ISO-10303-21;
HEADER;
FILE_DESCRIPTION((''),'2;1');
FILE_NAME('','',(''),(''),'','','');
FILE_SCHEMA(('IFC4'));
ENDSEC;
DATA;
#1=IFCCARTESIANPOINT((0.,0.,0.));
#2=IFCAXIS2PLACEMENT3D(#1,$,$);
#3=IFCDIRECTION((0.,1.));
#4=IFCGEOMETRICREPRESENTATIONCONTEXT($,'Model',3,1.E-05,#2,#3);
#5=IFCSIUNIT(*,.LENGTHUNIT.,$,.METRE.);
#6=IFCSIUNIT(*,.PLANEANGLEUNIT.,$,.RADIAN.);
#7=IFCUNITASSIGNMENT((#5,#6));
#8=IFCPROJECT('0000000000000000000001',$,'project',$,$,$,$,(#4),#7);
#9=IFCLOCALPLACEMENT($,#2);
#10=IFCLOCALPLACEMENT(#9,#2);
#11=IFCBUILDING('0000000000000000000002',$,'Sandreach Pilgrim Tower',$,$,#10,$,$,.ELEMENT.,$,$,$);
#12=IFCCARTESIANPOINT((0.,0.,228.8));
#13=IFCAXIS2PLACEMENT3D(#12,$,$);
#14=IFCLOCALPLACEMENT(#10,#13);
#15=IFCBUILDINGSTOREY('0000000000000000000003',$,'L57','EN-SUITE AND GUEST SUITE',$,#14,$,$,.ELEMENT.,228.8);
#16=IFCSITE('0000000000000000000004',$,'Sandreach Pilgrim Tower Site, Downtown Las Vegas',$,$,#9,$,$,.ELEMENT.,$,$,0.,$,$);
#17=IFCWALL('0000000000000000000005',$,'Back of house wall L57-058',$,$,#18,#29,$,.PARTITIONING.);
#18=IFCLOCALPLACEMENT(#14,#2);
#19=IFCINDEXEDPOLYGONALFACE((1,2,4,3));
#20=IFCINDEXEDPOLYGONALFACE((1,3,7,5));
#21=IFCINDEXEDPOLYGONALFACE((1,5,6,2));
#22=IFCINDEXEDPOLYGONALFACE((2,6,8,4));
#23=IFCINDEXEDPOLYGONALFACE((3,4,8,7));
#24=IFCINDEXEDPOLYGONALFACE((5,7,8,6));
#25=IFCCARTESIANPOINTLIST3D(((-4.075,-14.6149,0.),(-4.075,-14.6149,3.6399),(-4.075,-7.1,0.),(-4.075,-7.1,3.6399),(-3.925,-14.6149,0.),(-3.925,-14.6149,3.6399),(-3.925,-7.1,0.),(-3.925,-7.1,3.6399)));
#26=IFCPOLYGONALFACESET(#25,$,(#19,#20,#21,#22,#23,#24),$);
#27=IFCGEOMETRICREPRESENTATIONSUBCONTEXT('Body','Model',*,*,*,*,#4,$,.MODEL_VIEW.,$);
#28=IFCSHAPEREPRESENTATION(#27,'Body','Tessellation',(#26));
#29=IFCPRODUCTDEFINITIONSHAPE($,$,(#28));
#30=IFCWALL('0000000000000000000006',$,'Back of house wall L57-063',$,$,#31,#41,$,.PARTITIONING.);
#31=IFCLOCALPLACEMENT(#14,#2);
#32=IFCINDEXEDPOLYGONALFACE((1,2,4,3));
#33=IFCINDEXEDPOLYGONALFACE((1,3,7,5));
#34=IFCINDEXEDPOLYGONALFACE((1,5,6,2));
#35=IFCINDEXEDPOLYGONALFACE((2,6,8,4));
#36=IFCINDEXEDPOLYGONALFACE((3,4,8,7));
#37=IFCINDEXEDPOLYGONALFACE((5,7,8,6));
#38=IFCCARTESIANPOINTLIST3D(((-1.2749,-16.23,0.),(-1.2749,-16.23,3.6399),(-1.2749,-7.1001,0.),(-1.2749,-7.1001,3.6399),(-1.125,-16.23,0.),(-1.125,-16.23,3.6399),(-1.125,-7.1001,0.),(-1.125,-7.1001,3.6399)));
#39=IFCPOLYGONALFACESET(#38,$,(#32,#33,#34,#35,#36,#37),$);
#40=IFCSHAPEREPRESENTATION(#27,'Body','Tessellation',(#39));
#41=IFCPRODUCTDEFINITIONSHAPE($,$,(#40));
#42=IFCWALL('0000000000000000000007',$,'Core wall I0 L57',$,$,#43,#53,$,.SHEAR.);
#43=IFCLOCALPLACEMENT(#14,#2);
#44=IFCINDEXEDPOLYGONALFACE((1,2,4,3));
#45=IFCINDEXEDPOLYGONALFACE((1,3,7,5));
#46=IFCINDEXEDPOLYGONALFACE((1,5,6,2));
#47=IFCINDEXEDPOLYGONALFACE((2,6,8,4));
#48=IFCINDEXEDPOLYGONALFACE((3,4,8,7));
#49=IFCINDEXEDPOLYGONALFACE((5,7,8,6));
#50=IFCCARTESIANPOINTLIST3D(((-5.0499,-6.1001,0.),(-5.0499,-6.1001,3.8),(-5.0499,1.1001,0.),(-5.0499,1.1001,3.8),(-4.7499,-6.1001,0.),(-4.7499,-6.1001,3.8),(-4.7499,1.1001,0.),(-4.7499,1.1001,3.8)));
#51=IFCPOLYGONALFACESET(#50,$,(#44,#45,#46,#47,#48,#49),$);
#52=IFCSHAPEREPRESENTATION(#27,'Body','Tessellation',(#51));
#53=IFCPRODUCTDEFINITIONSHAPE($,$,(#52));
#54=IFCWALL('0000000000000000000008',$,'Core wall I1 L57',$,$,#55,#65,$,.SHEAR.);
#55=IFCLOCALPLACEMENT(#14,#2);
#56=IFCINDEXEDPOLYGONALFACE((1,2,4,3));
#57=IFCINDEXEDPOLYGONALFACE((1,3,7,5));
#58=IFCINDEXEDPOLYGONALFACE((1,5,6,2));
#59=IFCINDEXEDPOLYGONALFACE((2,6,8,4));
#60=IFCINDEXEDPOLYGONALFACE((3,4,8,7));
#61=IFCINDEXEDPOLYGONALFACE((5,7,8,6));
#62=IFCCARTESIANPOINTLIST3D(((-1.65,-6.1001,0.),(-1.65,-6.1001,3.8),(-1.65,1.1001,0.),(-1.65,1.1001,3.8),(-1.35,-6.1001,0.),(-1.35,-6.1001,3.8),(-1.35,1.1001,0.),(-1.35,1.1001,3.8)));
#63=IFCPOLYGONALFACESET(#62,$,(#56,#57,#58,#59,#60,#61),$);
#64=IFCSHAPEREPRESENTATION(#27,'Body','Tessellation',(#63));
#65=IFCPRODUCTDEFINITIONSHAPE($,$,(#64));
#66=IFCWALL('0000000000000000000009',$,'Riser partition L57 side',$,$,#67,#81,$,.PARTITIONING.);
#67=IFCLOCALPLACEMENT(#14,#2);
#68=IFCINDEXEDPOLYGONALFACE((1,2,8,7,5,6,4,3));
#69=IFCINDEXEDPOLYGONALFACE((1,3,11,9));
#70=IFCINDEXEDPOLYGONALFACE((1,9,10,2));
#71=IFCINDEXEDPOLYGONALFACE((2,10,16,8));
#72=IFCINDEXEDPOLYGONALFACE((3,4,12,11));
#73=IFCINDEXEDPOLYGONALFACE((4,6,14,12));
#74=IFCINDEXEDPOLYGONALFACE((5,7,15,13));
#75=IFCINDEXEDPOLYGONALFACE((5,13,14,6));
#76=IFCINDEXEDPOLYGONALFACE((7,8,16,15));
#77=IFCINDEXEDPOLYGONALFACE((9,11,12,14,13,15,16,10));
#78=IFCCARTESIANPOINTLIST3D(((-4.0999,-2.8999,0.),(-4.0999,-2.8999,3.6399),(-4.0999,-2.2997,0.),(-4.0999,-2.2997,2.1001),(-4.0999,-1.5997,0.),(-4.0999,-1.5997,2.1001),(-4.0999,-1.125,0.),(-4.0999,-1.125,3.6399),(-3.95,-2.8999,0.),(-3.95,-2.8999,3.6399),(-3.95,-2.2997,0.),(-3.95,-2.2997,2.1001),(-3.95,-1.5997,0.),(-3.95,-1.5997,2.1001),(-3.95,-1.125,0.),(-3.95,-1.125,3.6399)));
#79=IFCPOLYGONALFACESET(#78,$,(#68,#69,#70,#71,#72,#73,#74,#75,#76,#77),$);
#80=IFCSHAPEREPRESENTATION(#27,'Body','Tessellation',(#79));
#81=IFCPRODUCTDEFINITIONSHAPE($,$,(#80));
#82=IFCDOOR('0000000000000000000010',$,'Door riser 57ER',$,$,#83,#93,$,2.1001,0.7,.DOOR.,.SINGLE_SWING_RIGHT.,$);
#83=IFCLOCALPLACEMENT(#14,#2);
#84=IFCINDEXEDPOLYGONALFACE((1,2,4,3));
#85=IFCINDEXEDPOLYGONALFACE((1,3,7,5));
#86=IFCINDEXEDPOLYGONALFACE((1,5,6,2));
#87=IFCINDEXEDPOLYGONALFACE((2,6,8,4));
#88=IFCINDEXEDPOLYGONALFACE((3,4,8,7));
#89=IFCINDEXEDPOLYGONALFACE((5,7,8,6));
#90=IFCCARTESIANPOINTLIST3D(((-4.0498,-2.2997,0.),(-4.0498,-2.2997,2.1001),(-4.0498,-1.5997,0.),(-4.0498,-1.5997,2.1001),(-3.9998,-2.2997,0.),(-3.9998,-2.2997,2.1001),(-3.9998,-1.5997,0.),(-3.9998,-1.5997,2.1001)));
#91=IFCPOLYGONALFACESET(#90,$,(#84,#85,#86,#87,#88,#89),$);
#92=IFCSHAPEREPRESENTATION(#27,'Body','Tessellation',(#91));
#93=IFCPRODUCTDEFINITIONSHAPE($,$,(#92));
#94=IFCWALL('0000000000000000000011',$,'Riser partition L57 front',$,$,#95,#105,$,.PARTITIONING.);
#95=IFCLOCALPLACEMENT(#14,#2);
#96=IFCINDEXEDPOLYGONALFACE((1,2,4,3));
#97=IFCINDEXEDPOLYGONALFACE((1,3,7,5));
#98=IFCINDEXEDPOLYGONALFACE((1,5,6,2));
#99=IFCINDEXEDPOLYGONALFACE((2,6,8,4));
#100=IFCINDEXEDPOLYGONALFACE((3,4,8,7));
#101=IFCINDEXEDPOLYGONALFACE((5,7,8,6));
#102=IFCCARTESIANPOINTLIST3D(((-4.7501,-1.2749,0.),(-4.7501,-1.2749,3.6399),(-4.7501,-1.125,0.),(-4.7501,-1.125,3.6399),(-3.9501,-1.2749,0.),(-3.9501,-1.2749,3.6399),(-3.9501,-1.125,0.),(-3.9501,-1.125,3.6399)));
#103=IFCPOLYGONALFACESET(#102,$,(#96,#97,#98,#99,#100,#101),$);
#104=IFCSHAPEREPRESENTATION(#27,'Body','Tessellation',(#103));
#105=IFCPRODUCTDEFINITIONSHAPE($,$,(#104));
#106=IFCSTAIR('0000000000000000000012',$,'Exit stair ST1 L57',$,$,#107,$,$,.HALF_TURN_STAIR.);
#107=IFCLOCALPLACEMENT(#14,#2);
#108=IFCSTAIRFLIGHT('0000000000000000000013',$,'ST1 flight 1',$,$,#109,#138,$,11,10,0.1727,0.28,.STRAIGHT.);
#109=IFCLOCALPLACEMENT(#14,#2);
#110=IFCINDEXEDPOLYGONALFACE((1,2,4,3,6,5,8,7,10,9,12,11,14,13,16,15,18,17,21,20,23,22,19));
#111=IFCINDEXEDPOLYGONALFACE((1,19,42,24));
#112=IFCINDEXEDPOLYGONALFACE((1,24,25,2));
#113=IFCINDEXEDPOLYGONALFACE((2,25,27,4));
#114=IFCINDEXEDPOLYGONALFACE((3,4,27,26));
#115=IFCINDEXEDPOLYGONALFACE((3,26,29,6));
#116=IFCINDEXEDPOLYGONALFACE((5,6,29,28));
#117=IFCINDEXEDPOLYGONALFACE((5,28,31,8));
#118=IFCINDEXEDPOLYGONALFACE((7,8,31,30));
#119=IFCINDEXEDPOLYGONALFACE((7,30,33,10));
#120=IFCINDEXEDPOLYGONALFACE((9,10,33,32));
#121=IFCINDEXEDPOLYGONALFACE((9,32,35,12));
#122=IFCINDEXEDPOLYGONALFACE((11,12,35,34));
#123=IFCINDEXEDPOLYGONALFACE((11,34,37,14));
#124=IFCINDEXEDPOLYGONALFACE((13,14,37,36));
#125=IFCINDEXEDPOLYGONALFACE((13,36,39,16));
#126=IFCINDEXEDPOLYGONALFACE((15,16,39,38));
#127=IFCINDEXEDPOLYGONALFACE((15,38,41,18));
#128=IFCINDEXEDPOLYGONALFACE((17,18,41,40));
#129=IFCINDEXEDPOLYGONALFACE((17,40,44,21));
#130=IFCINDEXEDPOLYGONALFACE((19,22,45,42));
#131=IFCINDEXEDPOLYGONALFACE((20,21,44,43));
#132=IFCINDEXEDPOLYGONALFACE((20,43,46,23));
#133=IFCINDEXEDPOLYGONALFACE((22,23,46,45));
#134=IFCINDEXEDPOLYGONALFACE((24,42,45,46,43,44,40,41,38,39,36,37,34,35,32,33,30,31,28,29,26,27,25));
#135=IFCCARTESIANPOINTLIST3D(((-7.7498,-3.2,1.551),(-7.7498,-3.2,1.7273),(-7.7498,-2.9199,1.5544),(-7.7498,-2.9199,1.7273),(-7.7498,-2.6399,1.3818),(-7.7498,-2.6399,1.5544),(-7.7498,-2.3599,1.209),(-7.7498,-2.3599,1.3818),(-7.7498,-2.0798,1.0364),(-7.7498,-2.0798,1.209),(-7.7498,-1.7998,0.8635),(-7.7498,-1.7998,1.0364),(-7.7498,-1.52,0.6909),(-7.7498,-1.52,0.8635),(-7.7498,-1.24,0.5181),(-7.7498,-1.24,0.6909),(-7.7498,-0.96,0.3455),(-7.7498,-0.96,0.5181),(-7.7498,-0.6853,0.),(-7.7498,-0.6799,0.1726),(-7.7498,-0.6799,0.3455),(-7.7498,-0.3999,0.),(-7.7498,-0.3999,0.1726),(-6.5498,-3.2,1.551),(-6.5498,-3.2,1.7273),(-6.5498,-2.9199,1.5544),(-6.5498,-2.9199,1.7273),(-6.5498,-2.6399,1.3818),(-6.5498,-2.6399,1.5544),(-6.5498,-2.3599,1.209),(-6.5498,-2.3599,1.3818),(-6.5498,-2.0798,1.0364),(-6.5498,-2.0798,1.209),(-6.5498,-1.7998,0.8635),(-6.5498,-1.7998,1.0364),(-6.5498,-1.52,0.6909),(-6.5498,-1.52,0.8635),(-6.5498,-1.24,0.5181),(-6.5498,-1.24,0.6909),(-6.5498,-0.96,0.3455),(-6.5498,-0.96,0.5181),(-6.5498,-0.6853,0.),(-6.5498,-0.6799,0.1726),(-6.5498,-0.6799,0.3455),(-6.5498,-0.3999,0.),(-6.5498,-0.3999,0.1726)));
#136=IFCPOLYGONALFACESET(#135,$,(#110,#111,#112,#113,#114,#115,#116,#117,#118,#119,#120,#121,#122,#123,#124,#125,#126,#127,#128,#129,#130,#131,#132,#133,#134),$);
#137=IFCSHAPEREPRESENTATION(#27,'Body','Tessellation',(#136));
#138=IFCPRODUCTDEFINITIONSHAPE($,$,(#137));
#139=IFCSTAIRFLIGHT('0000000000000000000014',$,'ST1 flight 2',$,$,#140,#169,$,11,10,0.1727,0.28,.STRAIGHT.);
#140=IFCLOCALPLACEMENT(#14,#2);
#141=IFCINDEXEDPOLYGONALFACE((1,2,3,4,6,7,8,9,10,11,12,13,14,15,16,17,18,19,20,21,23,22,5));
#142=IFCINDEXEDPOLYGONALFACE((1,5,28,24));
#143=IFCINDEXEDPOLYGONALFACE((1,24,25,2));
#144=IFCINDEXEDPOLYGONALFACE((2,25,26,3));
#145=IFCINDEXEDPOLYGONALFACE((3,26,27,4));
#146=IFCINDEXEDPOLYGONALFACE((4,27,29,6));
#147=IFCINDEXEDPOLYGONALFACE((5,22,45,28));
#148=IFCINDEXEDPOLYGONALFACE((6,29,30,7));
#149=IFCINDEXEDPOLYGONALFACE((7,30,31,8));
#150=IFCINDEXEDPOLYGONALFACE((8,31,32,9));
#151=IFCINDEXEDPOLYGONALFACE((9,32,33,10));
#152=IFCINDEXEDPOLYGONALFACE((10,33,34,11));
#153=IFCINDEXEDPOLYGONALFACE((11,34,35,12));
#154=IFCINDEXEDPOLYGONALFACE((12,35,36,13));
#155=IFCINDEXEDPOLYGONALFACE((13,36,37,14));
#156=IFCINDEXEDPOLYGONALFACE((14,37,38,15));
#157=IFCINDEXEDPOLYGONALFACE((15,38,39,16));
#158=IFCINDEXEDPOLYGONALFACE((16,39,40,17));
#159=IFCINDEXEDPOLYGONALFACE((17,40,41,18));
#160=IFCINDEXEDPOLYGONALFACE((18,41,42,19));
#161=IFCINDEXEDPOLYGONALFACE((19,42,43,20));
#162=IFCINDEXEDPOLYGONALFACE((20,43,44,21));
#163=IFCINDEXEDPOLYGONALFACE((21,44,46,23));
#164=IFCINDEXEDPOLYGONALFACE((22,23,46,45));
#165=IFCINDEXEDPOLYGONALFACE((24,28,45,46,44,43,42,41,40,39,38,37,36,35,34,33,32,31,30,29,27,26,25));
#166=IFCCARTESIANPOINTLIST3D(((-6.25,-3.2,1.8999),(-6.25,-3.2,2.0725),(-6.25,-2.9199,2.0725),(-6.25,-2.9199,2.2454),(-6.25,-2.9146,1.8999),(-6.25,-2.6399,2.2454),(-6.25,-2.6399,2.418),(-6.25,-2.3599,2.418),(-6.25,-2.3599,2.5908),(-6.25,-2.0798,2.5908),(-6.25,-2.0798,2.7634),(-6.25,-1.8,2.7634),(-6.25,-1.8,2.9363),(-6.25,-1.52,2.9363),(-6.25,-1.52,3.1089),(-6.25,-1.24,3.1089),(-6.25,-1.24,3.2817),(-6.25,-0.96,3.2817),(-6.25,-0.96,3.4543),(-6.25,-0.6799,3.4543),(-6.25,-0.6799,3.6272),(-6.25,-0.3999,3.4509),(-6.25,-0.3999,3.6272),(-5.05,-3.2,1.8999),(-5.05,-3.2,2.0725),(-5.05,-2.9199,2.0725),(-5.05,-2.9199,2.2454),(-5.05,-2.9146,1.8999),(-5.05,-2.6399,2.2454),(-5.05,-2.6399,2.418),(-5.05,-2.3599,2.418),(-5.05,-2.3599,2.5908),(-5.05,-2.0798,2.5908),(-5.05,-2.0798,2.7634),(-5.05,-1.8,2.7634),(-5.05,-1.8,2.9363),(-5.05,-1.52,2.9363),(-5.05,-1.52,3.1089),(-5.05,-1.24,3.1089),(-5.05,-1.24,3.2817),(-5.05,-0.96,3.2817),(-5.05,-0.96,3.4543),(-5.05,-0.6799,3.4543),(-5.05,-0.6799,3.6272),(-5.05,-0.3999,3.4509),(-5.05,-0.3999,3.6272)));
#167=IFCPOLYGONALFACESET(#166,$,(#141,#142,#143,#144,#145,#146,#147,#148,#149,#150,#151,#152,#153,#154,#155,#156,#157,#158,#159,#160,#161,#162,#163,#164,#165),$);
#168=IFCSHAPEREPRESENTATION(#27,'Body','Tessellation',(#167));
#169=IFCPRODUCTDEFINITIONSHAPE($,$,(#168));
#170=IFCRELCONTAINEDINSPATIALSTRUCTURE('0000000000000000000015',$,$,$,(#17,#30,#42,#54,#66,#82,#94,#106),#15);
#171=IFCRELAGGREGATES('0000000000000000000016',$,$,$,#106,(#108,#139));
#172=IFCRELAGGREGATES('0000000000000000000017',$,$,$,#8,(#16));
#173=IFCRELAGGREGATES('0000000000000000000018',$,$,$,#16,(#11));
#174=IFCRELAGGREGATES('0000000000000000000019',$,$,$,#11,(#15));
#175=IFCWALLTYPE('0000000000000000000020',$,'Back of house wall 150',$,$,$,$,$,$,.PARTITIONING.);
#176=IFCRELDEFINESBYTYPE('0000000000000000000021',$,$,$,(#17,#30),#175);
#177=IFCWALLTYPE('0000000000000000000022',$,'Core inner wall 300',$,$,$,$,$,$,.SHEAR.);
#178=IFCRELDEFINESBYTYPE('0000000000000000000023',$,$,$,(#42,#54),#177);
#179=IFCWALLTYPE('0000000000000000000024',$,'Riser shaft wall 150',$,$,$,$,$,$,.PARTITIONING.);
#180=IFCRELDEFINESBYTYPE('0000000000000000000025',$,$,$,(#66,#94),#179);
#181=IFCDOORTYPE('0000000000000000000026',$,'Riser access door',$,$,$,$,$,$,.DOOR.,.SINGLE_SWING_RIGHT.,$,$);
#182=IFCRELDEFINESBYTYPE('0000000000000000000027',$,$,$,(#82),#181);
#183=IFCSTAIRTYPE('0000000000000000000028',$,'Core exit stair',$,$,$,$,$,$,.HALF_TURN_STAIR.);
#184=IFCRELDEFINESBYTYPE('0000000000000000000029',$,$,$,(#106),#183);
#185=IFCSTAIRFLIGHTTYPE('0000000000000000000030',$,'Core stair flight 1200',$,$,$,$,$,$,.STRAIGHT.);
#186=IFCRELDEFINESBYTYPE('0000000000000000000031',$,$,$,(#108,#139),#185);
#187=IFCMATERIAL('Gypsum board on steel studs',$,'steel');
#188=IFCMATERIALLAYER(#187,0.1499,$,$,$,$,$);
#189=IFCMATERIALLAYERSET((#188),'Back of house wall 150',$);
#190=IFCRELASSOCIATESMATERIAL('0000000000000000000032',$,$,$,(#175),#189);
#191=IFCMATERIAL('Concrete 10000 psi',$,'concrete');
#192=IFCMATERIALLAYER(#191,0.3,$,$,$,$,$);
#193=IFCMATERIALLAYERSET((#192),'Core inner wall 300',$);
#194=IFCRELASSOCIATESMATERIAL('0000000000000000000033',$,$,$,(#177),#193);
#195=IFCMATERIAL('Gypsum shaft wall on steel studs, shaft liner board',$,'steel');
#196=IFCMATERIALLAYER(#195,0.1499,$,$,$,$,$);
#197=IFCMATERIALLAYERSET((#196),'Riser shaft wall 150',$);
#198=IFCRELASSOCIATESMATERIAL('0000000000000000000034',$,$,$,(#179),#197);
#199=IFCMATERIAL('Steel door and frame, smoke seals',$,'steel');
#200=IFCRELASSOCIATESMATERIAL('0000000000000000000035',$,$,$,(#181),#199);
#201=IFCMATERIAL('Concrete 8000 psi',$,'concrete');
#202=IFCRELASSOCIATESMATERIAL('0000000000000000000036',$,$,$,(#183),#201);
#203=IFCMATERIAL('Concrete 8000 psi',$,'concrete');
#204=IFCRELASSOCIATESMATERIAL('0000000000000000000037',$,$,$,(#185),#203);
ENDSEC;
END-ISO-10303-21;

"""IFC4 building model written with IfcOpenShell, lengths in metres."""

from ifc_helpers import new_model, si_unit, direction, frame, frame_2d, origin, place, context, subcontext, project, spatial, polyline, rectangle, outline, extrude, material, layer, layer_set, type_object, element, fill, aggregate, save


model = new_model("IFC4")

# Units and contexts
model_context = context("Model", 3, precision=1e-05, world=origin(), true_north=direction((0.0, 1.0)))
body_context = subcontext(model_context, "Body", "Model", "MODEL_VIEW")
ifc_project = project(units=[si_unit("LENGTHUNIT", "METRE"), si_unit("PLANEANGLEUNIT", "RADIAN")], contexts=[model_context])

# Site, building, storey
site_placement = place(None, origin())
site = spatial("IfcSite", under=ifc_project, at=site_placement, Name="Sandreach Pilgrim Tower Site, Downtown Las Vegas", CompositionType="ELEMENT", RefElevation=0.0)
building_placement = place(site_placement, origin())
building = spatial("IfcBuilding", under=site, at=building_placement, Name="Sandreach Pilgrim Tower", CompositionType="ELEMENT")
storey_placement = place(building_placement, frame((0.0, 0.0, 228.8)))
storey = spatial("IfcBuildingStorey", under=building, at=storey_placement, Name="L57", Description="EN-SUITE AND GUEST SUITE", CompositionType="ELEMENT", Elevation=228.8)

# Walls
ifc_material_1 = material(Name="Gypsum board on steel studs", Category="steel")
ifc_layer_1 = layer(ifc_material_1, 0.1499)
ifc_layer_set_1 = layer_set([ifc_layer_1], Name="Back of house wall 150")
wall_type_1 = type_object("IfcWallType", Name="Back of house wall 150", PredefinedType="PARTITIONING", material=ifc_layer_set_1)
wall_1_placement = place(storey_placement, frame((-4.0, -7.1001, 0.0), z_axis=(0.0, 0.0, 1.0), x_axis=(0.0, -1.0, 0.0)))
element("IfcWall", 1, at=wall_1_placement, inside=storey, type_object=wall_type_1, Name="Back of house wall L57-058", PredefinedType="PARTITIONING", context=body_context, shape_type="SweptSolid", body=[
    extrude(rectangle(XDim=7.5149, YDim=0.1499, at=frame_2d((3.7573, 0.0))), origin(), (0.0, 0.0, 1.0), 3.6399),
])
wall_2_placement = place(storey_placement, frame((-1.2, -7.1001, 0.0), z_axis=(0.0, 0.0, 1.0), x_axis=(0.0, -1.0, 0.0)))
element("IfcWall", 2, at=wall_2_placement, inside=storey, type_object=wall_type_1, Name="Back of house wall L57-063", PredefinedType="PARTITIONING", context=body_context, shape_type="SweptSolid", body=[
    extrude(rectangle(XDim=9.1299, YDim=0.1499, at=frame_2d((4.5649, 0.0))), origin(), (0.0, 0.0, 1.0), 3.6399),
])
ifc_material_2 = material(Name="Concrete 10000 psi", Category="concrete")
ifc_layer_2 = layer(ifc_material_2, 0.3)
ifc_layer_set_2 = layer_set([ifc_layer_2], Name="Core inner wall 300")
wall_type_2 = type_object("IfcWallType", Name="Core inner wall 300", PredefinedType="SHEAR", material=ifc_layer_set_2)
for number, where, z_axis, x_axis, name in (
    (3, (-4.8999, -6.1001, 0.0), (0.0, 0.0, 1.0), (0.0, 1.0, 0.0), "Core wall I0 L57"),
    (4, (-1.5, -6.1001, 0.0), (0.0, 0.0, 1.0), (0.0, 1.0, 0.0), "Core wall I1 L57"),
):
    element("IfcWall", number, at=place(storey_placement, frame(where, z_axis=z_axis, x_axis=x_axis)), inside=storey, type_object=wall_type_2, Name=name, PredefinedType="SHEAR", context=body_context, shape_type="SweptSolid", body=[
        extrude(rectangle(XDim=7.2002, YDim=0.3, at=frame_2d((3.6001, 0.0))), origin(), (0.0, 0.0, 1.0), 3.8),
    ])

# Wall, opening, door
ifc_material_3 = material(Name="Gypsum shaft wall on steel studs, shaft liner board", Category="steel")
ifc_layer_3 = layer(ifc_material_3, 0.1499)
ifc_layer_set_3 = layer_set([ifc_layer_3], Name="Riser shaft wall 150")
wall_type_3 = type_object("IfcWallType", Name="Riser shaft wall 150", PredefinedType="PARTITIONING", material=ifc_layer_set_3)
wall_3_placement = place(storey_placement, frame((-4.0249, -2.8999, 0.0), z_axis=(0.0, 0.0, 1.0), x_axis=(0.0, 1.0, 0.0)))
wall_3 = element("IfcWall", 5, at=wall_3_placement, inside=storey, type_object=wall_type_3, Name="Riser partition L57 side", PredefinedType="PARTITIONING", context=body_context, shape_type="SweptSolid", body=[
    extrude(rectangle(XDim=1.7749, YDim=0.1499, at=frame_2d((0.8875, 0.0))), origin(), (0.0, 0.0, 1.0), 3.6399),
])
opening_1_placement = place(wall_3_placement, frame((0.6001, 0.0, 0.0)))
opening_1 = element("IfcOpeningElement", 6, at=opening_1_placement, cuts=wall_3, PredefinedType="OPENING", context=body_context, shape_type="SweptSolid", body=[
    extrude(rectangle(XDim=0.7, YDim=2.1001, at=frame_2d((0.3501, 1.05))), frame((0.0, 0.075, 0.0), z_axis=(0.0, -1.0, 0.0), x_axis=(1.0, 0.0, 0.0)), (0.0, 0.0, 1.0), 0.1499),
])
ifc_material_4 = material(Name="Steel door and frame, smoke seals", Category="steel")
door_type_1 = type_object("IfcDoorType", Name="Riser access door", OperationType="SINGLE_SWING_RIGHT", PredefinedType="DOOR", material=ifc_material_4)
door_1_placement = place(opening_1_placement, origin())
door_1 = element("IfcDoor", 7, at=door_1_placement, inside=storey, type_object=door_type_1, Name="Door riser 57ER", OperationType="SINGLE_SWING_RIGHT", OverallHeight=2.1001, OverallWidth=0.7, PredefinedType="DOOR", context=body_context, shape_type="SweptSolid", body=[
    extrude(rectangle(XDim=0.7, YDim=2.1001, at=frame_2d((0.3501, 1.05))), frame((0.0, 0.0249, 0.0), z_axis=(0.0, -1.0, 0.0), x_axis=(1.0, 0.0, 0.0)), (0.0, 0.0, 1.0), 0.05),
])
fill(opening_1, door_1)

# Wall
wall_4_placement = place(storey_placement, frame((-4.75, -1.2, 0.0), z_axis=(0.0, 0.0, 1.0), x_axis=(1.0, 0.0, 0.0)))
element("IfcWall", 8, at=wall_4_placement, inside=storey, type_object=wall_type_3, Name="Riser partition L57 front", PredefinedType="PARTITIONING", context=body_context, shape_type="SweptSolid", body=[
    extrude(rectangle(XDim=0.8, YDim=0.1499, at=frame_2d((0.3999, 0.0))), origin(), (0.0, 0.0, 1.0), 3.6399),
])

# Stair, stair flights
ifc_material_5 = material(Name="Concrete 8000 psi", Category="concrete")
stair_type = type_object("IfcStairType", Name="Core exit stair", PredefinedType="HALF_TURN_STAIR", material=ifc_material_5)
stair_1_placement = place(storey_placement, origin())
stair_1 = element("IfcStair", 9, at=stair_1_placement, inside=storey, type_object=stair_type, Name="Exit stair ST1 L57", PredefinedType="HALF_TURN_STAIR")
ifc_material_6 = material(Name="Concrete 8000 psi", Category="concrete")
stair_flight_type = type_object("IfcStairFlightType", Name="Core stair flight 1200", PredefinedType="STRAIGHT", material=ifc_material_6)
stair_flight_1_placement = place(storey_placement, frame((-7.1499, -0.3999, 0.0), z_axis=(0.0, 0.0, 1.0), x_axis=(0.0, -1.0, 0.0)))
stair_flight_1 = element("IfcStairFlight", 10, at=stair_flight_1_placement, type_object=stair_flight_type, Name="ST1 flight 1", NumberOfRisers=11, NumberOfTreads=10, PredefinedType="STRAIGHT", RiserHeight=0.1727, TreadLength=0.28, context=body_context, shape_type="SweptSolid", body=[
    extrude(outline(polyline([(0.0, 0.0), (0.0, 0.1726), (0.28, 0.1726), (0.28, 0.3455), (0.5601, 0.3455), (0.5601, 0.5181), (0.8401, 0.5181), (0.8401, 0.6909), (1.1201, 0.6909), (1.1201, 0.8635), (1.3999, 0.8635), (1.3999, 1.0364), (1.6799, 1.0364), (1.6799, 1.209), (1.96, 1.209), (1.96, 1.3818), (2.24, 1.3818), (2.24, 1.5544), (2.52, 1.5544), (2.52, 1.7273), (2.8, 1.7273), (2.8, 1.8999), (2.8, 1.551), (0.2854, 0.0), (0.0, 0.0)])), frame((0.0, 0.6001, 0.0), z_axis=(0.0, -1.0, 0.0), x_axis=(1.0, 0.0, 0.0)), (0.0, 0.0, 1.0), 1.2),
])
stair_flight_2_placement = place(storey_placement, frame((-5.6499, -3.2, 1.8999), z_axis=(0.0, 0.0, 1.0), x_axis=(0.0, 1.0, 0.0)))
stair_flight_2 = element("IfcStairFlight", 11, at=stair_flight_2_placement, type_object=stair_flight_type, Name="ST1 flight 2", NumberOfRisers=11, NumberOfTreads=10, PredefinedType="STRAIGHT", RiserHeight=0.1727, TreadLength=0.28, context=body_context, shape_type="SweptSolid", body=[
    extrude(outline(polyline([(0.0, 0.0), (0.0, 0.1726), (0.28, 0.1726), (0.28, 0.3455), (0.5601, 0.3455), (0.5601, 0.5181), (0.8401, 0.5181), (0.8401, 0.6909), (1.1201, 0.6909), (1.1201, 0.8635), (1.3999, 0.8635), (1.3999, 1.0364), (1.6799, 1.0364), (1.6799, 1.209), (1.96, 1.209), (1.96, 1.3818), (2.24, 1.3818), (2.24, 1.5544), (2.52, 1.5544), (2.52, 1.7273), (2.8, 1.7273), (2.8, 1.8999), (2.8, 1.551), (0.2854, 0.0), (0.0, 0.0)])), frame((0.0, 0.6001, 0.0), z_axis=(0.0, -1.0, 0.0), x_axis=(1.0, 0.0, 0.0)), (0.0, 0.0, 1.0), 1.2),
])
aggregate(stair_1, [stair_flight_1, stair_flight_2])

save(model, "model.ifc")
